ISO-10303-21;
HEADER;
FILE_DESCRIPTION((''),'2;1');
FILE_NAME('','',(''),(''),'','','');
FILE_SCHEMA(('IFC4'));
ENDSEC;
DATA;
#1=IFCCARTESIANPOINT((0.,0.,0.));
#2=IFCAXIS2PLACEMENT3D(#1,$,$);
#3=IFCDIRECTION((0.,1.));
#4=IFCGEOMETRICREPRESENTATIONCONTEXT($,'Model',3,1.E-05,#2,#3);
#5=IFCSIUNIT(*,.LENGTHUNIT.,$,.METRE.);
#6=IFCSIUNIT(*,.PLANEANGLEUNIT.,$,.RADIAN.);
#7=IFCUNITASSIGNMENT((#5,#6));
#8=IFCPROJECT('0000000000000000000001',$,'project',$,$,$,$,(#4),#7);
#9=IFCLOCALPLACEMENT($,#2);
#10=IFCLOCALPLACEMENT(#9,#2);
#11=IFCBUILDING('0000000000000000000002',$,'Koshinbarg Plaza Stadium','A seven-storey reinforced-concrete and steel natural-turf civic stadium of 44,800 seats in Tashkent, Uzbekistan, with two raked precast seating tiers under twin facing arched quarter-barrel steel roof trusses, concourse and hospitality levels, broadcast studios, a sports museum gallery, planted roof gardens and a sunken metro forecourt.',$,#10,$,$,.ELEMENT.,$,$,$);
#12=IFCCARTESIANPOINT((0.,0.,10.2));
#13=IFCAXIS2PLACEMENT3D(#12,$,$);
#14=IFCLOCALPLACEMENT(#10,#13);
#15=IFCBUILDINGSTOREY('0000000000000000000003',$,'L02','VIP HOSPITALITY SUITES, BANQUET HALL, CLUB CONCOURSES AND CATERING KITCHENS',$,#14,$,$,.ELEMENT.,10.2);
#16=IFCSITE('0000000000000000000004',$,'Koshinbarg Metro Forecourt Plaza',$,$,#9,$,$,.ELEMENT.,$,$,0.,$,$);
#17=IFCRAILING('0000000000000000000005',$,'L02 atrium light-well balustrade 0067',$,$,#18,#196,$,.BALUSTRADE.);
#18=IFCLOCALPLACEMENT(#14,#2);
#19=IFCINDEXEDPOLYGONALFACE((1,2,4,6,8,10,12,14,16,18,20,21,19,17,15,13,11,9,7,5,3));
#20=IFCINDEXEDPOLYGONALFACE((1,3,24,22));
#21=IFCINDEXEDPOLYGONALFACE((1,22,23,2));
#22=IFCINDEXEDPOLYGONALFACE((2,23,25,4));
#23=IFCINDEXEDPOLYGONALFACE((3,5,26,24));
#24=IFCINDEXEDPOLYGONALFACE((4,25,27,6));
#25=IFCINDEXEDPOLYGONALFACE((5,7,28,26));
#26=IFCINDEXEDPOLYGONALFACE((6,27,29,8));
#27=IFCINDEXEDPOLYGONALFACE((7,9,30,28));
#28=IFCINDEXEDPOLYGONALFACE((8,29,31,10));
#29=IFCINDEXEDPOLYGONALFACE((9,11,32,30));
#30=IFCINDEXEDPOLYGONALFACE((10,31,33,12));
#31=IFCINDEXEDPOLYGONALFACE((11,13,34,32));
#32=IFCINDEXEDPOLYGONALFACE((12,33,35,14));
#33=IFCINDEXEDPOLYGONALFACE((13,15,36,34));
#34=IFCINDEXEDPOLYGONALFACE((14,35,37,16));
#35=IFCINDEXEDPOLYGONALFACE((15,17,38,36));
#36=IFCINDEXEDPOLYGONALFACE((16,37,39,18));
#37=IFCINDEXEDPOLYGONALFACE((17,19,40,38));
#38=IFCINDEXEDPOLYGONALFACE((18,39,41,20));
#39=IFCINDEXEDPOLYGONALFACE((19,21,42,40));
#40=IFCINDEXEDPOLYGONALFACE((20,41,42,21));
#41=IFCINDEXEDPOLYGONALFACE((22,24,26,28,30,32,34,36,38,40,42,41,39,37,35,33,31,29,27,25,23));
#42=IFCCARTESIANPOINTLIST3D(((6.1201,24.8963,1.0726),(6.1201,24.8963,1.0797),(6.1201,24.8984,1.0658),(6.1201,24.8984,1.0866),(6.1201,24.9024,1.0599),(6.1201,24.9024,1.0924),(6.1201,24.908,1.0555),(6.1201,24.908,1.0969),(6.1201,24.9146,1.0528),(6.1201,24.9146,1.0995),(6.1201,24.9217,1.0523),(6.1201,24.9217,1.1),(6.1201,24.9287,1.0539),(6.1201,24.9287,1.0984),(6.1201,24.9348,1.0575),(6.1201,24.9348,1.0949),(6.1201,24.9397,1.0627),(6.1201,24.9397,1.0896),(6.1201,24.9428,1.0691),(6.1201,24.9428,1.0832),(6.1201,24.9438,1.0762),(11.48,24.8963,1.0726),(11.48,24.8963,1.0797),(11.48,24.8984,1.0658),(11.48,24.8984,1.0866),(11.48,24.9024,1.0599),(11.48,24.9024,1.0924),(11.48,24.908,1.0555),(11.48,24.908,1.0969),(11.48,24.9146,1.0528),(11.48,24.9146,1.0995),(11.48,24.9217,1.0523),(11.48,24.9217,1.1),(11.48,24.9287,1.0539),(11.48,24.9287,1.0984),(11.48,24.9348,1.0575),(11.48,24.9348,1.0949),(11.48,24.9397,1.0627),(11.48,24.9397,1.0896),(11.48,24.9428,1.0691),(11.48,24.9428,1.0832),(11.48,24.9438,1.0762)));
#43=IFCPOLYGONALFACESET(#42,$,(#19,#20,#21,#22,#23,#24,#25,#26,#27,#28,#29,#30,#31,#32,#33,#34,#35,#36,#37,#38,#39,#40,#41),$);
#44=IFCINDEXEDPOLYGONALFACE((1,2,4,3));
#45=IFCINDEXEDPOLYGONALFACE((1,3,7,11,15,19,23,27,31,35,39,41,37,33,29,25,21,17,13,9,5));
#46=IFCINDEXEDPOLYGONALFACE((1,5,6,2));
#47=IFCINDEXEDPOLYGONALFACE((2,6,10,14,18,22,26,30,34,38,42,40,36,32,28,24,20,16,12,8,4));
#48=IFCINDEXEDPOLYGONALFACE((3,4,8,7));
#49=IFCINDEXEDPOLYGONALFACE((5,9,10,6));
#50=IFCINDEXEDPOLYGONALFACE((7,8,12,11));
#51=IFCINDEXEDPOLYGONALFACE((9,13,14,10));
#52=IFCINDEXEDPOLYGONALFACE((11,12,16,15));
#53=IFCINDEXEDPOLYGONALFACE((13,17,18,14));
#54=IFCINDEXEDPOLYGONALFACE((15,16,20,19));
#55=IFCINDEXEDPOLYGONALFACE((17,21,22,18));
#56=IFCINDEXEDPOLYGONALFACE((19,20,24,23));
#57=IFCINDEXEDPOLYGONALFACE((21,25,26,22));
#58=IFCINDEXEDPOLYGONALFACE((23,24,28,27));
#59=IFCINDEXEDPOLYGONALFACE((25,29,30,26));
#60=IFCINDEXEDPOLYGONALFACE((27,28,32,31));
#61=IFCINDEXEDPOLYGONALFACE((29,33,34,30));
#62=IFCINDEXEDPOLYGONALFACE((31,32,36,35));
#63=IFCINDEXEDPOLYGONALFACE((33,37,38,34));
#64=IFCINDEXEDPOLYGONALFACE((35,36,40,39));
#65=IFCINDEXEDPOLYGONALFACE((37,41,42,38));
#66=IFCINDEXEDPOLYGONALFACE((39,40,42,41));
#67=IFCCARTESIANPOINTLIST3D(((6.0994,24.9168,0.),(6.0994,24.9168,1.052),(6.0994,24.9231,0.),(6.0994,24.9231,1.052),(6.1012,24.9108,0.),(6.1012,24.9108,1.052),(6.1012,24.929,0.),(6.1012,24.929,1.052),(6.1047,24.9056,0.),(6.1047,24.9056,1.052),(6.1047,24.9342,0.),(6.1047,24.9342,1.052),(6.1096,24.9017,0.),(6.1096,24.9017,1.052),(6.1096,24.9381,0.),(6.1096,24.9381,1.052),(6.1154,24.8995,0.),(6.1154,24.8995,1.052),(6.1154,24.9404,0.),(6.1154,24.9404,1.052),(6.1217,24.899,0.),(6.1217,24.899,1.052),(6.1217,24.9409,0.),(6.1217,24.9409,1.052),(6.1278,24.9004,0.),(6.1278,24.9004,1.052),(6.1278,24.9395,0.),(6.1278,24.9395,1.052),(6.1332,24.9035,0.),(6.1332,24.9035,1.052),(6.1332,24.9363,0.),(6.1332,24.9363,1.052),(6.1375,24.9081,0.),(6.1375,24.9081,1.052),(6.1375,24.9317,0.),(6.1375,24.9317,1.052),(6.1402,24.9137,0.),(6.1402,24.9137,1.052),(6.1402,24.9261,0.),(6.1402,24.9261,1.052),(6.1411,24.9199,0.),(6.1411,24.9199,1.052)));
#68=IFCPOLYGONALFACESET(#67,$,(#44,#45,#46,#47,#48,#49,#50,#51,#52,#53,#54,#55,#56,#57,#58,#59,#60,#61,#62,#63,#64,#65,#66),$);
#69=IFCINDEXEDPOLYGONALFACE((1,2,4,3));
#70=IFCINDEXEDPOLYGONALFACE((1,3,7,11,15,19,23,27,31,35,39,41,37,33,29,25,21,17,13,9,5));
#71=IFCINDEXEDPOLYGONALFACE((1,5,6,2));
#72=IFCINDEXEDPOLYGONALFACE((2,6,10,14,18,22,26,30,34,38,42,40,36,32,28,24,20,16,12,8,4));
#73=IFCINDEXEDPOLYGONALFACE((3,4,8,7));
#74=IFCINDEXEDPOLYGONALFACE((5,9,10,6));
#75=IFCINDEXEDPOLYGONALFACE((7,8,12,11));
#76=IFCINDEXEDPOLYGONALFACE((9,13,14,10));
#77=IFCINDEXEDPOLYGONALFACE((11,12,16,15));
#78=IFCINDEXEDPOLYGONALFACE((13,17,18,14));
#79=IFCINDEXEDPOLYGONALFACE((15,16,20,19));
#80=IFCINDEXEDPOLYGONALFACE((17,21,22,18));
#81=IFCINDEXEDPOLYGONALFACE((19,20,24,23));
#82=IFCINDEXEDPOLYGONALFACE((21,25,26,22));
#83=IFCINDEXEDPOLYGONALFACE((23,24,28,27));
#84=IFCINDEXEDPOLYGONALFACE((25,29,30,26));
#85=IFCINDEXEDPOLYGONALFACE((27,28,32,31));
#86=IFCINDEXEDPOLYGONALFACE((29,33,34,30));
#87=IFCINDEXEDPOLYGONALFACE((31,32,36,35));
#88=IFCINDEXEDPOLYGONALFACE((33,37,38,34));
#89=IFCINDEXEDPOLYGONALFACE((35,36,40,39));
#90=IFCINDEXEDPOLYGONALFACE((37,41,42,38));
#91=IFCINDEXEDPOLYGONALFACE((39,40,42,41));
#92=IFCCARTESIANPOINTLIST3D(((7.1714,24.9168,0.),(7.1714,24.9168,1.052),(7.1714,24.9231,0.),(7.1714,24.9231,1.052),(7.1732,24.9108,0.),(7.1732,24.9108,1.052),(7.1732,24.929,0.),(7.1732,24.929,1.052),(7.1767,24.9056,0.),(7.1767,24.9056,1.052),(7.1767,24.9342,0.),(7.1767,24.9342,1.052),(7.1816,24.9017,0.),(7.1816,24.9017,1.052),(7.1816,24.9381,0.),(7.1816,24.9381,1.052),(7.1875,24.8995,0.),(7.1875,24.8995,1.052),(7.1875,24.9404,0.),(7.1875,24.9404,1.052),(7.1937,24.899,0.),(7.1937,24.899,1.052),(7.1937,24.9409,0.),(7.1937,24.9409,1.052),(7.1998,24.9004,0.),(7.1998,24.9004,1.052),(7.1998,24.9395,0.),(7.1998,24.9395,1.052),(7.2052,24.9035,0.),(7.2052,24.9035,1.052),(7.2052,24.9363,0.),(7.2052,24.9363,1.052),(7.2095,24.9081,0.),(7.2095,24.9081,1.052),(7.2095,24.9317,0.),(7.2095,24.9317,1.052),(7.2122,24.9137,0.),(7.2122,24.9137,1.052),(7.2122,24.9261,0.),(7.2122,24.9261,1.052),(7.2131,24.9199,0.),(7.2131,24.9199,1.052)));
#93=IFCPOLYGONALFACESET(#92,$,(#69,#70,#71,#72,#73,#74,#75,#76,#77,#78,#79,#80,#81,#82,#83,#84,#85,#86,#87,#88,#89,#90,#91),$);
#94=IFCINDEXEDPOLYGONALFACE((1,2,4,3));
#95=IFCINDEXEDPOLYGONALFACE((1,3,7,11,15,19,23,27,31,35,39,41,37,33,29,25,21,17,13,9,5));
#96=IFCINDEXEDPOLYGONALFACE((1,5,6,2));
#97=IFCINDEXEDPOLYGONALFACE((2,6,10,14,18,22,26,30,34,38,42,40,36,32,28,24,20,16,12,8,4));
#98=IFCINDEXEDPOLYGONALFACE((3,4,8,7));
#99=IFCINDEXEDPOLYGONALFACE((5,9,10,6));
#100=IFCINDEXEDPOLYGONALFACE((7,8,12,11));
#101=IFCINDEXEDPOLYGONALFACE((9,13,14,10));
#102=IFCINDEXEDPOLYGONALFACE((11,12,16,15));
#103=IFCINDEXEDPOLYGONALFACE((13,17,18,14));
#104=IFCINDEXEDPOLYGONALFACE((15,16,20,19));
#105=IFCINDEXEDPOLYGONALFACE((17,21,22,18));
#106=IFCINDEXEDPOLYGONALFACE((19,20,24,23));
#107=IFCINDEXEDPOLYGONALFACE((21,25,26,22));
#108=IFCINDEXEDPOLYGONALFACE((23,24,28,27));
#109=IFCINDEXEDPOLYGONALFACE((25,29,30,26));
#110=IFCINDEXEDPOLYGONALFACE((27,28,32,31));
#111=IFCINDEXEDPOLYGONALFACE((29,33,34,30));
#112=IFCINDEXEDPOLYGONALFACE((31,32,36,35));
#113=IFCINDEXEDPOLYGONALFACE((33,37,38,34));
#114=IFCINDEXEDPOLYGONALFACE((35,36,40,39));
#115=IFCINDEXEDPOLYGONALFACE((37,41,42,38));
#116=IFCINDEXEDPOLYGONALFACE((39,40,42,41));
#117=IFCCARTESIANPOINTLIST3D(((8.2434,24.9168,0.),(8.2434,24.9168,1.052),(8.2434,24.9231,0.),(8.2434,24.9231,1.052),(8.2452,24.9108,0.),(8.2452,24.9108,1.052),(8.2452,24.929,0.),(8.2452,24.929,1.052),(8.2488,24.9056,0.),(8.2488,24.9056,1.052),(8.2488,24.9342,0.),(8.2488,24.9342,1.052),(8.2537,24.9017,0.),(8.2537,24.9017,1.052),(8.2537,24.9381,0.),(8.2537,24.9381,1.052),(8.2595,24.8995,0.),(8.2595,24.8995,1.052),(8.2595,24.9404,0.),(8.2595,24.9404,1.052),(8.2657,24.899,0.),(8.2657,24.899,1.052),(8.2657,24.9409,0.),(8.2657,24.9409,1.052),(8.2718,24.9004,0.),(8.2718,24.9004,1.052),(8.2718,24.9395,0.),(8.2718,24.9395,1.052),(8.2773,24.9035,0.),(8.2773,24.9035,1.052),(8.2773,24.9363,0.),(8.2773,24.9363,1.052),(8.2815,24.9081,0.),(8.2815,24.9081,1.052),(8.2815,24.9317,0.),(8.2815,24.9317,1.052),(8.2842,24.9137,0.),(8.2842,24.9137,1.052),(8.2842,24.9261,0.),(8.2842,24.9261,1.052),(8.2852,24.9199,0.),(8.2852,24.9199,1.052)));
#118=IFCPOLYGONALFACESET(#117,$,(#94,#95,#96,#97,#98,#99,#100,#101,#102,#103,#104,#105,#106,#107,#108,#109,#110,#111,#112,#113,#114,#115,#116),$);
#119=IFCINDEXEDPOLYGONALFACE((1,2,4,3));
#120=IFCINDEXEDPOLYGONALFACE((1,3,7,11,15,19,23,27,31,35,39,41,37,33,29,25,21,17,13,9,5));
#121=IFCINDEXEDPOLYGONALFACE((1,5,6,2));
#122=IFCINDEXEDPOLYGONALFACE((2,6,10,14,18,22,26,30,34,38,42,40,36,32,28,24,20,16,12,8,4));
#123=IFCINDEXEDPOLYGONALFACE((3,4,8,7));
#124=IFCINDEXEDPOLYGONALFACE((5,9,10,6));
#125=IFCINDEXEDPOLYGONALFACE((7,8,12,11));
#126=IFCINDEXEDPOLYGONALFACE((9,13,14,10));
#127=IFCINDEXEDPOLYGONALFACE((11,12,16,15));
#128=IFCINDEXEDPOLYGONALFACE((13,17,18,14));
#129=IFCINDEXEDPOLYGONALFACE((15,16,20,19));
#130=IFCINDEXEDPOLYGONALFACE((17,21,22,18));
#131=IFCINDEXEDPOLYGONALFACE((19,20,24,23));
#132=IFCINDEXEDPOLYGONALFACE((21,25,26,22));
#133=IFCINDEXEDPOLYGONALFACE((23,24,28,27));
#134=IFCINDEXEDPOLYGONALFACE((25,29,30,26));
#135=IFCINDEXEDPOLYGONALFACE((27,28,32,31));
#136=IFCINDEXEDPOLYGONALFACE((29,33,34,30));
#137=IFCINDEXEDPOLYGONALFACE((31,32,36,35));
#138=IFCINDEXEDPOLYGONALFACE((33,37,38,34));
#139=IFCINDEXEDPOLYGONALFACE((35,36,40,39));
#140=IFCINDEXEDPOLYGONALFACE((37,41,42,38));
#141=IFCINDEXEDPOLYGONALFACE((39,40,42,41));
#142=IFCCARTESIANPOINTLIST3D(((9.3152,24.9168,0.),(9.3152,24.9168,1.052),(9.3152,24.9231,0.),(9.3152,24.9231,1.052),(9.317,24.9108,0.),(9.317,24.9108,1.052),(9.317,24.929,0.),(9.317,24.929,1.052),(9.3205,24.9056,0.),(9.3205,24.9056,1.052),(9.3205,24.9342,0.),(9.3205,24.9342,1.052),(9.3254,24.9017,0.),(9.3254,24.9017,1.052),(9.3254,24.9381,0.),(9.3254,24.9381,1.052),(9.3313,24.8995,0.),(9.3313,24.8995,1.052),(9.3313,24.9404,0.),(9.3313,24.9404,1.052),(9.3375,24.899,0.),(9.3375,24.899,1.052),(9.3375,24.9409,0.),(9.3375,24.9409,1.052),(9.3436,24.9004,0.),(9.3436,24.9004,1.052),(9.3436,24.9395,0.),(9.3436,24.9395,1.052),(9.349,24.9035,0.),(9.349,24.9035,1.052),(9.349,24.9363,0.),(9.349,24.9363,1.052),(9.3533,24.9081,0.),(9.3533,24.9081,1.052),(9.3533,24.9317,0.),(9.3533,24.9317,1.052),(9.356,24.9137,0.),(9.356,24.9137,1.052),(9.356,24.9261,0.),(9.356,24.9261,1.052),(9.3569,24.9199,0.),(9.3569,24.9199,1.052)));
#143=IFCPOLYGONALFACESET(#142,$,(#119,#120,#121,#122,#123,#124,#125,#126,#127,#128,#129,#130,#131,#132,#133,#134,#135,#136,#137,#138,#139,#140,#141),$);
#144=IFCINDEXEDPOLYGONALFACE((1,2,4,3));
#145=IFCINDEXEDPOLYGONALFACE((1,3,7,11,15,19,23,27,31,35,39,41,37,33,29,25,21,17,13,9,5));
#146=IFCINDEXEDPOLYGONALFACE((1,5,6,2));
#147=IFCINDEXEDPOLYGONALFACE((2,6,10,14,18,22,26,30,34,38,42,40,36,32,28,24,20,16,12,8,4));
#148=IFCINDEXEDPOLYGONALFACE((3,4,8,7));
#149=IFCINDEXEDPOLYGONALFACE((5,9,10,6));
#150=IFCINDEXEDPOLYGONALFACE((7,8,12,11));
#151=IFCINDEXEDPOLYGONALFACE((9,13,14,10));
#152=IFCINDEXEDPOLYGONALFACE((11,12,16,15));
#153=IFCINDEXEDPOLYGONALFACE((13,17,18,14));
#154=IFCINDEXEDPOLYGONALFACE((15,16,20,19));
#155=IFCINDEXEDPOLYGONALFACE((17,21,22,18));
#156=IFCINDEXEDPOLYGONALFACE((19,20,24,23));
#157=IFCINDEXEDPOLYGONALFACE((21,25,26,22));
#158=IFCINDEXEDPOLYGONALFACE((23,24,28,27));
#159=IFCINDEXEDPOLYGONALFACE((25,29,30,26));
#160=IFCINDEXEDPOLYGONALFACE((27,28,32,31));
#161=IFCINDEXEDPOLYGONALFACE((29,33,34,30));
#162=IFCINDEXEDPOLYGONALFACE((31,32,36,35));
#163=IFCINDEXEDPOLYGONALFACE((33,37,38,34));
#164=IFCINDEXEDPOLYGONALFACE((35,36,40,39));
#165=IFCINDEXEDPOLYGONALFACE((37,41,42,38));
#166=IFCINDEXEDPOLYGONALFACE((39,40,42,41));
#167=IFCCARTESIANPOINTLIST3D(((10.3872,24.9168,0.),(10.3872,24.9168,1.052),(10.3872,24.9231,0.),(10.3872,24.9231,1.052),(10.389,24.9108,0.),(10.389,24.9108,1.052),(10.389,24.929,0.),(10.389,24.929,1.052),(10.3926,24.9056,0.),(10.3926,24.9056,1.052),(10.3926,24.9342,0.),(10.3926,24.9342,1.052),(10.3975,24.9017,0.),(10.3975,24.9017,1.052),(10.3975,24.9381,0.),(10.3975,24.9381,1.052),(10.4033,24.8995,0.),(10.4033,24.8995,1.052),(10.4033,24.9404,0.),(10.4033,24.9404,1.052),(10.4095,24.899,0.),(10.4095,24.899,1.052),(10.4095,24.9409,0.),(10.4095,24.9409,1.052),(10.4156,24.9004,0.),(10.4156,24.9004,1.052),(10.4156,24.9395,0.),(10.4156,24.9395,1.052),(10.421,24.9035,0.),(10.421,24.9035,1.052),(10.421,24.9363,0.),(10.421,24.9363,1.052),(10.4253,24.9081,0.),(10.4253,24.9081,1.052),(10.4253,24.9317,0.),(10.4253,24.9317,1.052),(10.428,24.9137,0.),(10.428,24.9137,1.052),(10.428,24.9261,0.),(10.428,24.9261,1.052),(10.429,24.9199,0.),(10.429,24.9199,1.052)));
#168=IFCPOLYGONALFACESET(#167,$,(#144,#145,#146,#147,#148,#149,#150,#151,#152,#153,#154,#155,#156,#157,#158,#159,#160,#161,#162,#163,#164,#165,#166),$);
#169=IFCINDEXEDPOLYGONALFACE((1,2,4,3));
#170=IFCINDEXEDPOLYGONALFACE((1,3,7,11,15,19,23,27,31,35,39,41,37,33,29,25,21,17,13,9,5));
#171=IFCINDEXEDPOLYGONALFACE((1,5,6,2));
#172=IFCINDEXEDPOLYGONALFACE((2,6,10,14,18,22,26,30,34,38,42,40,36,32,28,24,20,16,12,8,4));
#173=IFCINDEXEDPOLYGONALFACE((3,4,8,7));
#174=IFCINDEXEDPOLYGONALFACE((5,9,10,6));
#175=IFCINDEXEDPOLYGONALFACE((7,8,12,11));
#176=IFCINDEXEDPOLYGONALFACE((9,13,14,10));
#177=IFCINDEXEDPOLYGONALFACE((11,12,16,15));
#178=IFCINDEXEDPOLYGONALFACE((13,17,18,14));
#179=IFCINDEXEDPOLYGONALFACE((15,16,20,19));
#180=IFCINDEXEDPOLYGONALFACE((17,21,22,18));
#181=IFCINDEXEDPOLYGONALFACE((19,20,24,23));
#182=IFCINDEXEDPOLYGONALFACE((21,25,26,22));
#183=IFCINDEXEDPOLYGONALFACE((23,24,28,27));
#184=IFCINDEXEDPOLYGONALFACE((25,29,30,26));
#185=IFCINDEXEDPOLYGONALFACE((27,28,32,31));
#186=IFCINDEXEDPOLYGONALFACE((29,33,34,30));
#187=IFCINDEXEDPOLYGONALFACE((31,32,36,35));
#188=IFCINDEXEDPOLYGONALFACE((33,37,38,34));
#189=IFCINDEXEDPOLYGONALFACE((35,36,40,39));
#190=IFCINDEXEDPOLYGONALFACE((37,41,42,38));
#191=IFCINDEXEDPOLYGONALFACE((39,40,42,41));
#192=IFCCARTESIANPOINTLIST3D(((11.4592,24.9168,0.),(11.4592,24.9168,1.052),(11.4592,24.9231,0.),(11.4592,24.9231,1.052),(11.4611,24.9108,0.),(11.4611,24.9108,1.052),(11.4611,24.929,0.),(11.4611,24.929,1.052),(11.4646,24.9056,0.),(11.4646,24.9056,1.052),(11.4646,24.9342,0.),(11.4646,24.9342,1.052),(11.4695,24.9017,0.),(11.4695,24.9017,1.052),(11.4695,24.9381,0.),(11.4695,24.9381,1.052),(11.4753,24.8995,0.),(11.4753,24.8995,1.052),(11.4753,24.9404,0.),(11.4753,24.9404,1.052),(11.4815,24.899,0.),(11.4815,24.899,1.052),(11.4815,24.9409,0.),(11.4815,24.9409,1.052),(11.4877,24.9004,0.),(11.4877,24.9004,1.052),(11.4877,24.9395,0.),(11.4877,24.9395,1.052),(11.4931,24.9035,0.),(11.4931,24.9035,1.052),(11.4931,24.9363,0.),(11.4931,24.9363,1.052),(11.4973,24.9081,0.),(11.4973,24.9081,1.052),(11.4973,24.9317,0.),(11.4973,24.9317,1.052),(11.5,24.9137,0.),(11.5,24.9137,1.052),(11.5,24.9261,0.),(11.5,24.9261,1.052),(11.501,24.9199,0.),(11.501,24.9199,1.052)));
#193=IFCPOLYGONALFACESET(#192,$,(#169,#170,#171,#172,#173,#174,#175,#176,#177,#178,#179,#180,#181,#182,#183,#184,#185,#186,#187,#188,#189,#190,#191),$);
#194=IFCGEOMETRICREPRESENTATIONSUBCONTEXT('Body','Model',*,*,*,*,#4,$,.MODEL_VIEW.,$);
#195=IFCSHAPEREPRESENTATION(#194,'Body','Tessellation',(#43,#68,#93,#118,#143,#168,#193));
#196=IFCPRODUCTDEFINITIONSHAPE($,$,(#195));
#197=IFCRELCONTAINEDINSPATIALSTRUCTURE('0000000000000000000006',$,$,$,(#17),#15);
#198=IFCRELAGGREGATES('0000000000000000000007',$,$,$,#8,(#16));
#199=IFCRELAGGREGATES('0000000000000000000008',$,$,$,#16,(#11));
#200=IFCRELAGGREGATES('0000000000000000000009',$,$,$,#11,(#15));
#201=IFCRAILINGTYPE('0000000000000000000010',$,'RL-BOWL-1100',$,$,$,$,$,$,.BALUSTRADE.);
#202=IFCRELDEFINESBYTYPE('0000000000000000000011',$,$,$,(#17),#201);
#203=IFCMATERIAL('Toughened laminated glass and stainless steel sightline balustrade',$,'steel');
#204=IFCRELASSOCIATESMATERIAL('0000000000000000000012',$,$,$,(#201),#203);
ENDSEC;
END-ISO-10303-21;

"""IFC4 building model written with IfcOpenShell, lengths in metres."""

from ifc_helpers import new_model, si_unit, direction, frame, origin, origin_2d, place, context, subcontext, project, spatial, circle, extrude, material, type_object, element, save


model = new_model("IFC4")

# Units and contexts
model_context = context("Model", 3, precision=1e-05, world=origin(), true_north=direction((0.0, 1.0)))
body_context = subcontext(model_context, "Body", "Model", "MODEL_VIEW")
ifc_project = project(units=[si_unit("LENGTHUNIT", "METRE"), si_unit("PLANEANGLEUNIT", "RADIAN")], contexts=[model_context])

# Site, building, storey
site_placement = place(None, origin())
site = spatial("IfcSite", under=ifc_project, at=site_placement, Name="Koshinbarg Metro Forecourt Plaza", CompositionType="ELEMENT", RefElevation=0.0)
building_placement = place(site_placement, origin())
building = spatial("IfcBuilding", under=site, at=building_placement, Name="Koshinbarg Plaza Stadium", Description="A seven-storey reinforced-concrete and steel natural-turf civic stadium of 44,800 seats in Tashkent, Uzbekistan, with two raked precast seating tiers under twin facing arched quarter-barrel steel roof trusses, concourse and hospitality levels, broadcast studios, a sports museum gallery, planted roof gardens and a sunken metro forecourt.", CompositionType="ELEMENT")
storey_placement = place(building_placement, frame((0.0, 0.0, 10.2)))
storey = spatial("IfcBuildingStorey", under=building, at=storey_placement, Name="L02", Description="VIP HOSPITALITY SUITES, BANQUET HALL, CLUB CONCOURSES AND CATERING KITCHENS", CompositionType="ELEMENT", Elevation=10.2)

# Railing
ifc_material_1 = material(Name="Toughened laminated glass and stainless steel sightline balustrade", Category="steel")
railing_type = type_object("IfcRailingType", Name="RL-BOWL-1100", PredefinedType="BALUSTRADE", material=ifc_material_1)
railing_1_placement = place(storey_placement, frame((6.1201, 24.9199, 0.0)))
element("IfcRailing", 1, at=railing_1_placement, inside=storey, type_object=railing_type, Name="L02 atrium light-well balustrade 0067", PredefinedType="BALUSTRADE", context=body_context, shape_type="SweptSolid", body=[
    extrude(circle(Radius=0.0239, at=origin_2d()), frame((0.0, 0.0, 1.0762), z_axis=(1.0, 0.0, 0.0), x_axis=(0.0, 1.0, 0.0)), (0.0, 0.0, 1.0), 5.3599),
    extrude(circle(Radius=0.021, at=origin_2d()), origin(), (0.0, 0.0, 1.0), 1.052),
    extrude(circle(Radius=0.021, at=origin_2d()), frame((1.072, 0.0, 0.0)), (0.0, 0.0, 1.0), 1.052),
    extrude(circle(Radius=0.021, at=origin_2d()), frame((2.144, 0.0, 0.0)), (0.0, 0.0, 1.0), 1.052),
    extrude(circle(Radius=0.021, at=origin_2d()), frame((3.2158, 0.0, 0.0)), (0.0, 0.0, 1.0), 1.052),
    extrude(circle(Radius=0.021, at=origin_2d()), frame((4.2878, 0.0, 0.0)), (0.0, 0.0, 1.0), 1.052),
    extrude(circle(Radius=0.021, at=origin_2d()), frame((5.3599, 0.0, 0.0)), (0.0, 0.0, 1.0), 1.052),
])

save(model, "model.ifc")
